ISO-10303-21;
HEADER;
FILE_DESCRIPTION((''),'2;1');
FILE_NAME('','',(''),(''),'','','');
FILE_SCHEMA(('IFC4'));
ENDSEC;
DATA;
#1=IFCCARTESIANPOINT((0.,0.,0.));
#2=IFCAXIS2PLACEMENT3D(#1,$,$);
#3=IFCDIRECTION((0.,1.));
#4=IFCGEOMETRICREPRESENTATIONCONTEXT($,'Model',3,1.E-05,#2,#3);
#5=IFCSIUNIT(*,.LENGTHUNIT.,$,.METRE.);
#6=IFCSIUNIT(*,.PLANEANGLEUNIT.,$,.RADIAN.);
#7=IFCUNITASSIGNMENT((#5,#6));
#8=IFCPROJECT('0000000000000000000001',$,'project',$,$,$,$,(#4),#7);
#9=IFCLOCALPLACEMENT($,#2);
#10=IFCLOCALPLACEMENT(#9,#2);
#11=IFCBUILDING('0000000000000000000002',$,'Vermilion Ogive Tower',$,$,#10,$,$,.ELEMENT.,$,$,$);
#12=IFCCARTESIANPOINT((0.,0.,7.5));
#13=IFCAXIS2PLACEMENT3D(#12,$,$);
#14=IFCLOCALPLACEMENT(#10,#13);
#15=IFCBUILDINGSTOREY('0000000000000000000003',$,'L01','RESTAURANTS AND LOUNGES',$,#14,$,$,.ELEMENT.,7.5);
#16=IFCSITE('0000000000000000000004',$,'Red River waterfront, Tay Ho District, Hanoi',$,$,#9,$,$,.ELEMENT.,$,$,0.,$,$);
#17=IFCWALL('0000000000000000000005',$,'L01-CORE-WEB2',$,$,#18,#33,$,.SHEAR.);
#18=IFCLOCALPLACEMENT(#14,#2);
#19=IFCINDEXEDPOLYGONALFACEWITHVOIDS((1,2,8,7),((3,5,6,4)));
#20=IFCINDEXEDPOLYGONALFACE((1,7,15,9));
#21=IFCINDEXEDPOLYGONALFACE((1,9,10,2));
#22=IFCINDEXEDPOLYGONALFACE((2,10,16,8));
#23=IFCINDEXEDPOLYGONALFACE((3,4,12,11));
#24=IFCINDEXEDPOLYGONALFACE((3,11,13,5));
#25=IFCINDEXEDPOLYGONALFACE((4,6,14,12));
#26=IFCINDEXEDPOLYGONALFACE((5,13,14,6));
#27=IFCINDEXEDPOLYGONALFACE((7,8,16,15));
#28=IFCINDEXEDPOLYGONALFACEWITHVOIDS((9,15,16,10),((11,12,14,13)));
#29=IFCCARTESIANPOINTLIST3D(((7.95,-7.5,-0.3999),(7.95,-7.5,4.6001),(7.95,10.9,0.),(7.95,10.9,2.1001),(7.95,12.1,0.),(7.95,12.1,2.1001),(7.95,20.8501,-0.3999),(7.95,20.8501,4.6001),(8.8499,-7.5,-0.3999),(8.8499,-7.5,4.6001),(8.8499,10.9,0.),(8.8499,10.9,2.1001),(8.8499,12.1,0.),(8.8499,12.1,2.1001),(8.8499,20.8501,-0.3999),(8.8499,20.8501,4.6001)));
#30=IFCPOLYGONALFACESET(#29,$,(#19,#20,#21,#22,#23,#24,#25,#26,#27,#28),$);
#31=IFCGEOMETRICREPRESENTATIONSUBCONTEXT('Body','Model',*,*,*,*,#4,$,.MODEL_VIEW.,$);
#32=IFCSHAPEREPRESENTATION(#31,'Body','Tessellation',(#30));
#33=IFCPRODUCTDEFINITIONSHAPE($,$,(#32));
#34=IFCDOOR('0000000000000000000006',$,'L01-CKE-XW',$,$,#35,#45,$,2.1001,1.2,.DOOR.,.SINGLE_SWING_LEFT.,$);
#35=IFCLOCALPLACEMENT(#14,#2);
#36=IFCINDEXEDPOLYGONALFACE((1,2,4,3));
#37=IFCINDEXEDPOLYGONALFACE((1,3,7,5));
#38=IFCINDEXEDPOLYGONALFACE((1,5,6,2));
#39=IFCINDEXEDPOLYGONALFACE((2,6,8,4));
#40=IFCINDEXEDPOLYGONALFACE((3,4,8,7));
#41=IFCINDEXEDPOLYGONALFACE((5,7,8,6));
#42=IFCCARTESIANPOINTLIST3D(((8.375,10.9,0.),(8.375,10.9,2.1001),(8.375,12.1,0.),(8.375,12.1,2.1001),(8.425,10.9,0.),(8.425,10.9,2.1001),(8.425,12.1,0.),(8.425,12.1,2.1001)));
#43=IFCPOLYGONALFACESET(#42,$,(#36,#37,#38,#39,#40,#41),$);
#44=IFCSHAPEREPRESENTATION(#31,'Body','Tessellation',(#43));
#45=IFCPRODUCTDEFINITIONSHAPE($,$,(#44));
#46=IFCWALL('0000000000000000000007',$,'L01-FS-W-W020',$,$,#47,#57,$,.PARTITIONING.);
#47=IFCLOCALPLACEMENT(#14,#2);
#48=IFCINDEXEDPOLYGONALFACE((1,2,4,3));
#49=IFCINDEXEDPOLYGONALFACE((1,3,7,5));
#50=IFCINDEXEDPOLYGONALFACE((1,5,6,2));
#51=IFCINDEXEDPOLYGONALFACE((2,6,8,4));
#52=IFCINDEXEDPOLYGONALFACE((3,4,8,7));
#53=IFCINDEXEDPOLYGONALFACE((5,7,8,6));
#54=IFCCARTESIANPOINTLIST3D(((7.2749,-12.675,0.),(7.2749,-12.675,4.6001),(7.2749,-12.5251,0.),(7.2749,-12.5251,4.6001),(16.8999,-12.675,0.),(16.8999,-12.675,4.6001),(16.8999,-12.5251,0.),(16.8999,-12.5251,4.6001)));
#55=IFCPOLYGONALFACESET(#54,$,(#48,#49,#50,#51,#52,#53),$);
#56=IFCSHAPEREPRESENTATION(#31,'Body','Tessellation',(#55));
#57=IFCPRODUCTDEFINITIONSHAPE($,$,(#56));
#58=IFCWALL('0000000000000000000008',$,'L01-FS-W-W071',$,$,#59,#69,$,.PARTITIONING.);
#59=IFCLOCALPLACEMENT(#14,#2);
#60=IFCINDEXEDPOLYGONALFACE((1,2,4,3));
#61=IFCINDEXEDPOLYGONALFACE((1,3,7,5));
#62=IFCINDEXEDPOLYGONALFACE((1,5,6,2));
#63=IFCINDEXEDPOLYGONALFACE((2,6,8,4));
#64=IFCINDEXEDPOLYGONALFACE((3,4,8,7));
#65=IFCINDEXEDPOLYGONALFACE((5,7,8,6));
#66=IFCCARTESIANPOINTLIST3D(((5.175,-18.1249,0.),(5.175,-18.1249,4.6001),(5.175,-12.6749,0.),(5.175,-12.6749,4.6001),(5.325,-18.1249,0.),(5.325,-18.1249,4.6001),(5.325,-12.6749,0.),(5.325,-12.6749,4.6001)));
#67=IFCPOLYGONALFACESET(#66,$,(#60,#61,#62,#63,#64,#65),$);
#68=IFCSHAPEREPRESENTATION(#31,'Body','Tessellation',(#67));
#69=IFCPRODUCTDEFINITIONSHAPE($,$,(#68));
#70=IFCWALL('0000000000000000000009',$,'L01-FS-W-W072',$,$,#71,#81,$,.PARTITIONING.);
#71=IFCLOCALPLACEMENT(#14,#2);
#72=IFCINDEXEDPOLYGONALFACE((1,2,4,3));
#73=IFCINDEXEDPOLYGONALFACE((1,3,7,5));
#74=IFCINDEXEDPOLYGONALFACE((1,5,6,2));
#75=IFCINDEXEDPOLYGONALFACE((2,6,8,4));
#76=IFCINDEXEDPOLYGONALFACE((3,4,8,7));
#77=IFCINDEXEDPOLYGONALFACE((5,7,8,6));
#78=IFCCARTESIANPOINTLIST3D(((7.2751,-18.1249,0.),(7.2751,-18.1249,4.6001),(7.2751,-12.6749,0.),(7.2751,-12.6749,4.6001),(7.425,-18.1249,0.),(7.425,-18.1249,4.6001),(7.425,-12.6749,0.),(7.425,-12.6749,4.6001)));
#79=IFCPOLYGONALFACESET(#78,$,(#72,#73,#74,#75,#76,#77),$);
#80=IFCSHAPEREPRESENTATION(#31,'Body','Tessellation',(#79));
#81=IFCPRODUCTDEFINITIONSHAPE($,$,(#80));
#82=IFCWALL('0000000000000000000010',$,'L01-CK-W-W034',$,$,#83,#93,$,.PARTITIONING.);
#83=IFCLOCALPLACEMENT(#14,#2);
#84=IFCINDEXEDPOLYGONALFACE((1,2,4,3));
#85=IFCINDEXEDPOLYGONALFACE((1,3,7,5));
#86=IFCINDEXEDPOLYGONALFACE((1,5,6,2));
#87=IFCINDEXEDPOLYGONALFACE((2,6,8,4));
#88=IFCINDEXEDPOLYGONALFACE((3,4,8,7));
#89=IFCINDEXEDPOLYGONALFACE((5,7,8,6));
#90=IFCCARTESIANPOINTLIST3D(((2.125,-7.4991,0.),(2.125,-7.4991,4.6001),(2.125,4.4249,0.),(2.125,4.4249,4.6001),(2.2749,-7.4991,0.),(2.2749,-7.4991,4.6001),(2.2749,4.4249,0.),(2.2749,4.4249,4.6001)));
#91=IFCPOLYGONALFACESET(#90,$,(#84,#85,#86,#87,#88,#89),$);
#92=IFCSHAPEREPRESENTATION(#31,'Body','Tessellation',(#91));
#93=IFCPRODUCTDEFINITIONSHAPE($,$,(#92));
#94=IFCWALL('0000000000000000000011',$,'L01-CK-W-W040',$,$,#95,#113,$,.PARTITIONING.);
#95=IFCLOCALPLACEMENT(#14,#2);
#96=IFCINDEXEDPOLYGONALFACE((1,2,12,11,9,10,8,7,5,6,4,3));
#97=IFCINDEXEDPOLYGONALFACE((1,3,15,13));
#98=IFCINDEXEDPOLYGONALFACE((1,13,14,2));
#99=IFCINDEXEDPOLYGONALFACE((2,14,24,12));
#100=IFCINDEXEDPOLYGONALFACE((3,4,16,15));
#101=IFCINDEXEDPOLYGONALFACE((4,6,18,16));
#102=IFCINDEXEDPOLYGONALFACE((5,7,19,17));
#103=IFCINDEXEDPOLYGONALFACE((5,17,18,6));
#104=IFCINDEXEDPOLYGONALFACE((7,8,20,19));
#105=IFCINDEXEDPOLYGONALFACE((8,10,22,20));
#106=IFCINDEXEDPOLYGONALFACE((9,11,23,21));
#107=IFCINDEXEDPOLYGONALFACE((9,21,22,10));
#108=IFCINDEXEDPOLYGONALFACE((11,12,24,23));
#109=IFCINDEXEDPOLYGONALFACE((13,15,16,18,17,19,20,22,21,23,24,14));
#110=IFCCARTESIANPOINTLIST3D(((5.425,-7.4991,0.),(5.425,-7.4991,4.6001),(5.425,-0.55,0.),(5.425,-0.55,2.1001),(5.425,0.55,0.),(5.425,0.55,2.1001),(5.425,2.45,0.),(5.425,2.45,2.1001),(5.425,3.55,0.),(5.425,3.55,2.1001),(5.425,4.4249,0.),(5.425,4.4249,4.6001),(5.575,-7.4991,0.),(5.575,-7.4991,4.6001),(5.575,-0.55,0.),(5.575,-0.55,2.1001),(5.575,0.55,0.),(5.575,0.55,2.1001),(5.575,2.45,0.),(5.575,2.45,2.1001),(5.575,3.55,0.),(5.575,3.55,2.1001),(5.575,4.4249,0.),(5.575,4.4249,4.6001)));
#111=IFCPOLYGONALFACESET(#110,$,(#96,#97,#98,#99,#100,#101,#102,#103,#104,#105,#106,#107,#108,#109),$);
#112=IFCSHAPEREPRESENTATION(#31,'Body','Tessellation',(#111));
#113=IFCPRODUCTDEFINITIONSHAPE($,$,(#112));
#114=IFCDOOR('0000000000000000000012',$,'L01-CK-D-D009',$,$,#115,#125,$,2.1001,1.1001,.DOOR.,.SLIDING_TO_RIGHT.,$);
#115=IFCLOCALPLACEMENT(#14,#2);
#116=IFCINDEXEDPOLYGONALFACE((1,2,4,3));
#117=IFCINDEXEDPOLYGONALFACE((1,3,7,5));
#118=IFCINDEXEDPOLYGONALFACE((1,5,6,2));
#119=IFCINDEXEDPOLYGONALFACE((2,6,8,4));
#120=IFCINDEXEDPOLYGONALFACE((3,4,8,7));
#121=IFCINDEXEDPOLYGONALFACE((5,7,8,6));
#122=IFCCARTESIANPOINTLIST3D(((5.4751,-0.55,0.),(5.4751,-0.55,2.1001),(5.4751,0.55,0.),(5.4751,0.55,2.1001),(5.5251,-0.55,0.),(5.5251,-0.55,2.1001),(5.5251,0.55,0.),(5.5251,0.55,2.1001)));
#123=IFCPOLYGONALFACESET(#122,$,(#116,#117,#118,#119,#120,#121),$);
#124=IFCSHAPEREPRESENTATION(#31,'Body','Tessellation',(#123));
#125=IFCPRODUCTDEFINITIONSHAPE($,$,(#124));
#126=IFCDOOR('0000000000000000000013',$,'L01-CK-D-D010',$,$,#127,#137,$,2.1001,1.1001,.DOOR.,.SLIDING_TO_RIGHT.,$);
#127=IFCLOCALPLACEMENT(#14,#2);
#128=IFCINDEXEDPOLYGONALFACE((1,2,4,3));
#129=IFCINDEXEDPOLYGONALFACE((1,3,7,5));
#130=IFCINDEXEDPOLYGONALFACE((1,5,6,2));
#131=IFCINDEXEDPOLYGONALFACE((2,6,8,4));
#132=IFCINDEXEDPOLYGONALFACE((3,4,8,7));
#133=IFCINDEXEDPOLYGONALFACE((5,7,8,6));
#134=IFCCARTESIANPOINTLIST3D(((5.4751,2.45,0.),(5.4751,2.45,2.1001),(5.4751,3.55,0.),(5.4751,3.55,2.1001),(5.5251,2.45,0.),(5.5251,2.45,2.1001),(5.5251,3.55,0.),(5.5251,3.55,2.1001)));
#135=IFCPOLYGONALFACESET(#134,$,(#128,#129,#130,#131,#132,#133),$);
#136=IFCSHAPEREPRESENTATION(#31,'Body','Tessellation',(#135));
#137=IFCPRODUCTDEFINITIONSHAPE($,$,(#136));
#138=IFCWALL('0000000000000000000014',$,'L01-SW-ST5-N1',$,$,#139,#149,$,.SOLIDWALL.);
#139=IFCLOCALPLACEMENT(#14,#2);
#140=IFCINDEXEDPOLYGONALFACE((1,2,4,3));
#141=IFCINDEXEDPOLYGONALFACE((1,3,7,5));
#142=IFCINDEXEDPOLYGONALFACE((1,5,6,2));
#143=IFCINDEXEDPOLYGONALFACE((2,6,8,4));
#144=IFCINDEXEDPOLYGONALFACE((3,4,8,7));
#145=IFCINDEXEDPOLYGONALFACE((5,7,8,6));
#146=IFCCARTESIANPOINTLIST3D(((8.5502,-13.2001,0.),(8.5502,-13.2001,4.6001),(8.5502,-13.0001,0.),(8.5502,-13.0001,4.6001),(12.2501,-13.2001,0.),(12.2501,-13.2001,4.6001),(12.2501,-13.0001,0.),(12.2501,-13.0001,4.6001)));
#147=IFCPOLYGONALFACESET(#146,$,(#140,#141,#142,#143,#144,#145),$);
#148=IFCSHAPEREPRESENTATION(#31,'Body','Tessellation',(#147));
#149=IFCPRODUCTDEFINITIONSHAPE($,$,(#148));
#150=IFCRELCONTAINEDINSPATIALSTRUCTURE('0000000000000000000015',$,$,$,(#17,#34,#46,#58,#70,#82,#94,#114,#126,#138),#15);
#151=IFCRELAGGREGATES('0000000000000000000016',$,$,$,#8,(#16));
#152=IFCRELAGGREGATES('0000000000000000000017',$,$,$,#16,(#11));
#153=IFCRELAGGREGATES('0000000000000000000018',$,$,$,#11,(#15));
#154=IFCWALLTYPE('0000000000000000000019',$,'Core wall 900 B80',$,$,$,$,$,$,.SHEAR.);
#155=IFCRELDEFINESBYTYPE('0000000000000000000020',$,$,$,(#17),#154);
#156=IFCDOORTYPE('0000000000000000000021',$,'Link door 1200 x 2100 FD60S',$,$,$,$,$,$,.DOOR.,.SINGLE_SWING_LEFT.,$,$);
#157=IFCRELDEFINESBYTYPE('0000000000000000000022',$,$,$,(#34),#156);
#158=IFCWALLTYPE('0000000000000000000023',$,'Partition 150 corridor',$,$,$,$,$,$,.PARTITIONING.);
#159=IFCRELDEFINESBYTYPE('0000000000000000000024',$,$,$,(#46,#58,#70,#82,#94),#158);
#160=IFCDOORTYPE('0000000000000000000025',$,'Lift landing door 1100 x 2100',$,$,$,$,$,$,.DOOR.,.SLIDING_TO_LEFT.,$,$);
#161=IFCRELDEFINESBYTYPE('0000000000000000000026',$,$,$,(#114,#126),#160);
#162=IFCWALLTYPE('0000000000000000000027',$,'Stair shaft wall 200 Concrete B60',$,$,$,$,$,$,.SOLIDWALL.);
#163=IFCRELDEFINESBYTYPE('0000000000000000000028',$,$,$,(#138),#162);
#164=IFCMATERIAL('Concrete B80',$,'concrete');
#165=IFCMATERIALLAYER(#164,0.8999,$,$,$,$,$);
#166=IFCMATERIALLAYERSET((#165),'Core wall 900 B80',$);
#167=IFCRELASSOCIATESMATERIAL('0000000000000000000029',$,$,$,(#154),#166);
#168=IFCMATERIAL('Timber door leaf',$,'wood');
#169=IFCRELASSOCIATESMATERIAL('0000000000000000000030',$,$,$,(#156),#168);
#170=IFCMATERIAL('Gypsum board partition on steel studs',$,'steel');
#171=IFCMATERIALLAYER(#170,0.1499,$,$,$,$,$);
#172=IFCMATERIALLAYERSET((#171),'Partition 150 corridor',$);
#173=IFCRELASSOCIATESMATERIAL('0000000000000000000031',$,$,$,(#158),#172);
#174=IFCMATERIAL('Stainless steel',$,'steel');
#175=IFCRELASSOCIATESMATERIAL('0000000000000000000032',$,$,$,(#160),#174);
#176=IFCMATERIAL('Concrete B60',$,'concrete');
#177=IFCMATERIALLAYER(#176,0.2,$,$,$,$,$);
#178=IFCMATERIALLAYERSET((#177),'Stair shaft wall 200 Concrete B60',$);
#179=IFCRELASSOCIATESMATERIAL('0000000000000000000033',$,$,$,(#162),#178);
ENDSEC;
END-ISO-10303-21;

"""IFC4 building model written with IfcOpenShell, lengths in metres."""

from ifc_helpers import new_model, si_unit, direction, frame, frame_2d, origin, place, context, subcontext, project, spatial, rectangle, extrude, material, layer, layer_set, type_object, element, fill, save


model = new_model("IFC4")

# Units and contexts
model_context = context("Model", 3, precision=1e-05, world=origin(), true_north=direction((0.0, 1.0)))
body_context = subcontext(model_context, "Body", "Model", "MODEL_VIEW")
ifc_project = project(units=[si_unit("LENGTHUNIT", "METRE"), si_unit("PLANEANGLEUNIT", "RADIAN")], contexts=[model_context])

# Site, building, storey
site_placement = place(None, origin())
site = spatial("IfcSite", under=ifc_project, at=site_placement, Name="Red River waterfront, Tay Ho District, Hanoi", CompositionType="ELEMENT", RefElevation=0.0)
building_placement = place(site_placement, origin())
building = spatial("IfcBuilding", under=site, at=building_placement, Name="Vermilion Ogive Tower", CompositionType="ELEMENT")
storey_placement = place(building_placement, frame((0.0, 0.0, 7.5)))
storey = spatial("IfcBuildingStorey", under=building, at=storey_placement, Name="L01", Description="RESTAURANTS AND LOUNGES", CompositionType="ELEMENT", Elevation=7.5)

# Shared definitions
ifc_material_1 = material(Name="Concrete B80", Category="concrete")
ifc_layer_1 = layer(ifc_material_1, 0.8999)
ifc_layer_set_1 = layer_set([ifc_layer_1], Name="Core wall 900 B80")
wall_type_1 = type_object("IfcWallType", Name="Core wall 900 B80", PredefinedType="SHEAR", material=ifc_layer_set_1)
ifc_material_2 = material(Name="Timber door leaf", Category="wood")
door_type_1 = type_object("IfcDoorType", Name="Link door 1200 x 2100 FD60S", OperationType="SINGLE_SWING_LEFT", PredefinedType="DOOR", material=ifc_material_2)

# Wall, opening, door
wall_1_placement = place(storey_placement, frame((8.3999, -7.5, -0.3999), z_axis=(0.0, 0.0, 1.0), x_axis=(0.0, 1.0, 0.0)))
wall_1 = element("IfcWall", 1, at=wall_1_placement, inside=storey, type_object=wall_type_1, Name="L01-CORE-WEB2", PredefinedType="SHEAR", context=body_context, shape_type="SweptSolid", body=[
    extrude(rectangle(XDim=28.3501, YDim=0.8999, at=frame_2d((14.175, 0.0))), origin(), (0.0, 0.0, 1.0), 5.0),
])
opening_1_placement = place(wall_1_placement, frame((18.3999, 0.0, 0.3999)))
opening_1 = element("IfcOpeningElement", 2, at=opening_1_placement, cuts=wall_1, PredefinedType="OPENING", context=body_context, shape_type="SweptSolid", body=[
    extrude(rectangle(XDim=1.2, YDim=2.1001, at=frame_2d((0.6001, 1.05))), frame((0.0, 0.46, 0.0), z_axis=(0.0, -1.0, 0.0), x_axis=(1.0, 0.0, 0.0)), (0.0, 0.0, 1.0), 0.9199),
])
door_1_placement = place(opening_1_placement, origin())
door_1 = element("IfcDoor", 3, at=door_1_placement, inside=storey, type_object=door_type_1, Name="L01-CKE-XW", OperationType="SINGLE_SWING_LEFT", OverallHeight=2.1001, OverallWidth=1.2, PredefinedType="DOOR", context=body_context, shape_type="SweptSolid", body=[
    extrude(rectangle(XDim=1.2, YDim=2.1001, at=frame_2d((0.6001, 1.05))), frame((0.0, 0.0249, 0.0), z_axis=(0.0, -1.0, 0.0), x_axis=(1.0, 0.0, 0.0)), (0.0, 0.0, 1.0), 0.05),
])
fill(opening_1, door_1)

# Walls
ifc_material_3 = material(Name="Gypsum board partition on steel studs", Category="steel")
ifc_layer_2 = layer(ifc_material_3, 0.1499)
ifc_layer_set_2 = layer_set([ifc_layer_2], Name="Partition 150 corridor")
wall_type_2 = type_object("IfcWallType", Name="Partition 150 corridor", PredefinedType="PARTITIONING", material=ifc_layer_set_2)
wall_2_placement = place(storey_placement, frame((7.2749, -12.6001, 0.0), z_axis=(0.0, 0.0, 1.0), x_axis=(1.0, 0.0, 0.0)))
element("IfcWall", 4, at=wall_2_placement, inside=storey, type_object=wall_type_2, Name="L01-FS-W-W020", PredefinedType="PARTITIONING", context=body_context, shape_type="SweptSolid", body=[
    extrude(rectangle(XDim=9.625, YDim=0.1499, at=frame_2d((4.8125, 0.0))), origin(), (0.0, 0.0, 1.0), 4.6001),
])
for number, where, z_axis, x_axis, name in (
    (5, (5.25, -18.125, 0.0), (0.0, 0.0, 1.0), (0.0, 1.0, 0.0), "L01-FS-W-W071"),
    (6, (7.3501, -18.125, 0.0), (0.0, 0.0, 1.0), (0.0, 1.0, 0.0), "L01-FS-W-W072"),
):
    element("IfcWall", number, at=place(storey_placement, frame(where, z_axis=z_axis, x_axis=x_axis)), inside=storey, type_object=wall_type_2, Name=name, PredefinedType="PARTITIONING", context=body_context, shape_type="SweptSolid", body=[
        extrude(rectangle(XDim=5.45, YDim=0.1499, at=frame_2d((2.7251, 0.0))), origin(), (0.0, 0.0, 1.0), 4.6001),
    ])
wall_3_placement = place(storey_placement, frame((2.2, -7.499, 0.0), z_axis=(0.0, 0.0, 1.0), x_axis=(0.0, 1.0, 0.0)))
element("IfcWall", 7, at=wall_3_placement, inside=storey, type_object=wall_type_2, Name="L01-CK-W-W034", PredefinedType="PARTITIONING", context=body_context, shape_type="SweptSolid", body=[
    extrude(rectangle(XDim=11.9241, YDim=0.1499, at=frame_2d((5.9619, 0.0))), origin(), (0.0, 0.0, 1.0), 4.6001),
])

# Wall, openings, doors
wall_4_placement = place(storey_placement, frame((5.5, -7.499, 0.0), z_axis=(0.0, 0.0, 1.0), x_axis=(0.0, 1.0, 0.0)))
wall_4 = element("IfcWall", 8, at=wall_4_placement, inside=storey, type_object=wall_type_2, Name="L01-CK-W-W040", PredefinedType="PARTITIONING", context=body_context, shape_type="SweptSolid", body=[
    extrude(rectangle(XDim=11.9241, YDim=0.1499, at=frame_2d((5.9619, 0.0))), origin(), (0.0, 0.0, 1.0), 4.6001),
])
opening_2_placement = place(wall_4_placement, frame((6.949, 0.0, 0.0)))
opening_2 = element("IfcOpeningElement", 9, at=opening_2_placement, cuts=wall_4, PredefinedType="OPENING", context=body_context, shape_type="SweptSolid", body=[
    extrude(rectangle(XDim=1.1001, YDim=2.1001, at=frame_2d((0.55, 1.05))), frame((0.0, 0.085, 0.0), z_axis=(0.0, -1.0, 0.0), x_axis=(1.0, 0.0, 0.0)), (0.0, 0.0, 1.0), 0.1699),
])
opening_3_placement = place(wall_4_placement, frame((9.949, 0.0, 0.0)))
opening_3 = element("IfcOpeningElement", 10, at=opening_3_placement, cuts=wall_4, PredefinedType="OPENING", context=body_context, shape_type="SweptSolid", body=[
    extrude(rectangle(XDim=1.1001, YDim=2.1001, at=frame_2d((0.55, 1.05))), frame((0.0, 0.085, 0.0), z_axis=(0.0, -1.0, 0.0), x_axis=(1.0, 0.0, 0.0)), (0.0, 0.0, 1.0), 0.1699),
])
ifc_material_4 = material(Name="Stainless steel", Category="steel")
door_type_2 = type_object("IfcDoorType", Name="Lift landing door 1100 x 2100", OperationType="SLIDING_TO_LEFT", PredefinedType="DOOR", material=ifc_material_4)
door_2_placement = place(opening_2_placement, origin())
door_2 = element("IfcDoor", 11, at=door_2_placement, inside=storey, type_object=door_type_2, Name="L01-CK-D-D009", OperationType="SLIDING_TO_RIGHT", OverallHeight=2.1001, OverallWidth=1.1001, PredefinedType="DOOR", context=body_context, shape_type="SweptSolid", body=[
    extrude(rectangle(XDim=1.1001, YDim=2.1001, at=frame_2d((0.55, 1.05))), frame((0.0, 0.0249, 0.0), z_axis=(0.0, -1.0, 0.0), x_axis=(1.0, 0.0, 0.0)), (0.0, 0.0, 1.0), 0.05),
])
fill(opening_2, door_2)
door_3_placement = place(opening_3_placement, origin())
door_3 = element("IfcDoor", 12, at=door_3_placement, inside=storey, type_object=door_type_2, Name="L01-CK-D-D010", OperationType="SLIDING_TO_RIGHT", OverallHeight=2.1001, OverallWidth=1.1001, PredefinedType="DOOR", context=body_context, shape_type="SweptSolid", body=[
    extrude(rectangle(XDim=1.1001, YDim=2.1001, at=frame_2d((0.55, 1.05))), frame((0.0, 0.0249, 0.0), z_axis=(0.0, -1.0, 0.0), x_axis=(1.0, 0.0, 0.0)), (0.0, 0.0, 1.0), 0.05),
])
fill(opening_3, door_3)

# Wall
ifc_material_5 = material(Name="Concrete B60", Category="concrete")
ifc_layer_3 = layer(ifc_material_5, 0.2)
ifc_layer_set_3 = layer_set([ifc_layer_3], Name="Stair shaft wall 200 Concrete B60")
wall_type_3 = type_object("IfcWallType", Name="Stair shaft wall 200 Concrete B60", PredefinedType="SOLIDWALL", material=ifc_layer_set_3)
wall_5_placement = place(storey_placement, frame((8.55, -13.1001, 0.0), z_axis=(0.0, 0.0, 1.0), x_axis=(1.0, 0.0, 0.0)))
element("IfcWall", 13, at=wall_5_placement, inside=storey, type_object=wall_type_3, Name="L01-SW-ST5-N1", PredefinedType="SOLIDWALL", context=body_context, shape_type="SweptSolid", body=[
    extrude(rectangle(XDim=3.7, YDim=0.2, at=frame_2d((1.8501, 0.0))), origin(), (0.0, 0.0, 1.0), 4.6001),
])

save(model, "model.ifc")
